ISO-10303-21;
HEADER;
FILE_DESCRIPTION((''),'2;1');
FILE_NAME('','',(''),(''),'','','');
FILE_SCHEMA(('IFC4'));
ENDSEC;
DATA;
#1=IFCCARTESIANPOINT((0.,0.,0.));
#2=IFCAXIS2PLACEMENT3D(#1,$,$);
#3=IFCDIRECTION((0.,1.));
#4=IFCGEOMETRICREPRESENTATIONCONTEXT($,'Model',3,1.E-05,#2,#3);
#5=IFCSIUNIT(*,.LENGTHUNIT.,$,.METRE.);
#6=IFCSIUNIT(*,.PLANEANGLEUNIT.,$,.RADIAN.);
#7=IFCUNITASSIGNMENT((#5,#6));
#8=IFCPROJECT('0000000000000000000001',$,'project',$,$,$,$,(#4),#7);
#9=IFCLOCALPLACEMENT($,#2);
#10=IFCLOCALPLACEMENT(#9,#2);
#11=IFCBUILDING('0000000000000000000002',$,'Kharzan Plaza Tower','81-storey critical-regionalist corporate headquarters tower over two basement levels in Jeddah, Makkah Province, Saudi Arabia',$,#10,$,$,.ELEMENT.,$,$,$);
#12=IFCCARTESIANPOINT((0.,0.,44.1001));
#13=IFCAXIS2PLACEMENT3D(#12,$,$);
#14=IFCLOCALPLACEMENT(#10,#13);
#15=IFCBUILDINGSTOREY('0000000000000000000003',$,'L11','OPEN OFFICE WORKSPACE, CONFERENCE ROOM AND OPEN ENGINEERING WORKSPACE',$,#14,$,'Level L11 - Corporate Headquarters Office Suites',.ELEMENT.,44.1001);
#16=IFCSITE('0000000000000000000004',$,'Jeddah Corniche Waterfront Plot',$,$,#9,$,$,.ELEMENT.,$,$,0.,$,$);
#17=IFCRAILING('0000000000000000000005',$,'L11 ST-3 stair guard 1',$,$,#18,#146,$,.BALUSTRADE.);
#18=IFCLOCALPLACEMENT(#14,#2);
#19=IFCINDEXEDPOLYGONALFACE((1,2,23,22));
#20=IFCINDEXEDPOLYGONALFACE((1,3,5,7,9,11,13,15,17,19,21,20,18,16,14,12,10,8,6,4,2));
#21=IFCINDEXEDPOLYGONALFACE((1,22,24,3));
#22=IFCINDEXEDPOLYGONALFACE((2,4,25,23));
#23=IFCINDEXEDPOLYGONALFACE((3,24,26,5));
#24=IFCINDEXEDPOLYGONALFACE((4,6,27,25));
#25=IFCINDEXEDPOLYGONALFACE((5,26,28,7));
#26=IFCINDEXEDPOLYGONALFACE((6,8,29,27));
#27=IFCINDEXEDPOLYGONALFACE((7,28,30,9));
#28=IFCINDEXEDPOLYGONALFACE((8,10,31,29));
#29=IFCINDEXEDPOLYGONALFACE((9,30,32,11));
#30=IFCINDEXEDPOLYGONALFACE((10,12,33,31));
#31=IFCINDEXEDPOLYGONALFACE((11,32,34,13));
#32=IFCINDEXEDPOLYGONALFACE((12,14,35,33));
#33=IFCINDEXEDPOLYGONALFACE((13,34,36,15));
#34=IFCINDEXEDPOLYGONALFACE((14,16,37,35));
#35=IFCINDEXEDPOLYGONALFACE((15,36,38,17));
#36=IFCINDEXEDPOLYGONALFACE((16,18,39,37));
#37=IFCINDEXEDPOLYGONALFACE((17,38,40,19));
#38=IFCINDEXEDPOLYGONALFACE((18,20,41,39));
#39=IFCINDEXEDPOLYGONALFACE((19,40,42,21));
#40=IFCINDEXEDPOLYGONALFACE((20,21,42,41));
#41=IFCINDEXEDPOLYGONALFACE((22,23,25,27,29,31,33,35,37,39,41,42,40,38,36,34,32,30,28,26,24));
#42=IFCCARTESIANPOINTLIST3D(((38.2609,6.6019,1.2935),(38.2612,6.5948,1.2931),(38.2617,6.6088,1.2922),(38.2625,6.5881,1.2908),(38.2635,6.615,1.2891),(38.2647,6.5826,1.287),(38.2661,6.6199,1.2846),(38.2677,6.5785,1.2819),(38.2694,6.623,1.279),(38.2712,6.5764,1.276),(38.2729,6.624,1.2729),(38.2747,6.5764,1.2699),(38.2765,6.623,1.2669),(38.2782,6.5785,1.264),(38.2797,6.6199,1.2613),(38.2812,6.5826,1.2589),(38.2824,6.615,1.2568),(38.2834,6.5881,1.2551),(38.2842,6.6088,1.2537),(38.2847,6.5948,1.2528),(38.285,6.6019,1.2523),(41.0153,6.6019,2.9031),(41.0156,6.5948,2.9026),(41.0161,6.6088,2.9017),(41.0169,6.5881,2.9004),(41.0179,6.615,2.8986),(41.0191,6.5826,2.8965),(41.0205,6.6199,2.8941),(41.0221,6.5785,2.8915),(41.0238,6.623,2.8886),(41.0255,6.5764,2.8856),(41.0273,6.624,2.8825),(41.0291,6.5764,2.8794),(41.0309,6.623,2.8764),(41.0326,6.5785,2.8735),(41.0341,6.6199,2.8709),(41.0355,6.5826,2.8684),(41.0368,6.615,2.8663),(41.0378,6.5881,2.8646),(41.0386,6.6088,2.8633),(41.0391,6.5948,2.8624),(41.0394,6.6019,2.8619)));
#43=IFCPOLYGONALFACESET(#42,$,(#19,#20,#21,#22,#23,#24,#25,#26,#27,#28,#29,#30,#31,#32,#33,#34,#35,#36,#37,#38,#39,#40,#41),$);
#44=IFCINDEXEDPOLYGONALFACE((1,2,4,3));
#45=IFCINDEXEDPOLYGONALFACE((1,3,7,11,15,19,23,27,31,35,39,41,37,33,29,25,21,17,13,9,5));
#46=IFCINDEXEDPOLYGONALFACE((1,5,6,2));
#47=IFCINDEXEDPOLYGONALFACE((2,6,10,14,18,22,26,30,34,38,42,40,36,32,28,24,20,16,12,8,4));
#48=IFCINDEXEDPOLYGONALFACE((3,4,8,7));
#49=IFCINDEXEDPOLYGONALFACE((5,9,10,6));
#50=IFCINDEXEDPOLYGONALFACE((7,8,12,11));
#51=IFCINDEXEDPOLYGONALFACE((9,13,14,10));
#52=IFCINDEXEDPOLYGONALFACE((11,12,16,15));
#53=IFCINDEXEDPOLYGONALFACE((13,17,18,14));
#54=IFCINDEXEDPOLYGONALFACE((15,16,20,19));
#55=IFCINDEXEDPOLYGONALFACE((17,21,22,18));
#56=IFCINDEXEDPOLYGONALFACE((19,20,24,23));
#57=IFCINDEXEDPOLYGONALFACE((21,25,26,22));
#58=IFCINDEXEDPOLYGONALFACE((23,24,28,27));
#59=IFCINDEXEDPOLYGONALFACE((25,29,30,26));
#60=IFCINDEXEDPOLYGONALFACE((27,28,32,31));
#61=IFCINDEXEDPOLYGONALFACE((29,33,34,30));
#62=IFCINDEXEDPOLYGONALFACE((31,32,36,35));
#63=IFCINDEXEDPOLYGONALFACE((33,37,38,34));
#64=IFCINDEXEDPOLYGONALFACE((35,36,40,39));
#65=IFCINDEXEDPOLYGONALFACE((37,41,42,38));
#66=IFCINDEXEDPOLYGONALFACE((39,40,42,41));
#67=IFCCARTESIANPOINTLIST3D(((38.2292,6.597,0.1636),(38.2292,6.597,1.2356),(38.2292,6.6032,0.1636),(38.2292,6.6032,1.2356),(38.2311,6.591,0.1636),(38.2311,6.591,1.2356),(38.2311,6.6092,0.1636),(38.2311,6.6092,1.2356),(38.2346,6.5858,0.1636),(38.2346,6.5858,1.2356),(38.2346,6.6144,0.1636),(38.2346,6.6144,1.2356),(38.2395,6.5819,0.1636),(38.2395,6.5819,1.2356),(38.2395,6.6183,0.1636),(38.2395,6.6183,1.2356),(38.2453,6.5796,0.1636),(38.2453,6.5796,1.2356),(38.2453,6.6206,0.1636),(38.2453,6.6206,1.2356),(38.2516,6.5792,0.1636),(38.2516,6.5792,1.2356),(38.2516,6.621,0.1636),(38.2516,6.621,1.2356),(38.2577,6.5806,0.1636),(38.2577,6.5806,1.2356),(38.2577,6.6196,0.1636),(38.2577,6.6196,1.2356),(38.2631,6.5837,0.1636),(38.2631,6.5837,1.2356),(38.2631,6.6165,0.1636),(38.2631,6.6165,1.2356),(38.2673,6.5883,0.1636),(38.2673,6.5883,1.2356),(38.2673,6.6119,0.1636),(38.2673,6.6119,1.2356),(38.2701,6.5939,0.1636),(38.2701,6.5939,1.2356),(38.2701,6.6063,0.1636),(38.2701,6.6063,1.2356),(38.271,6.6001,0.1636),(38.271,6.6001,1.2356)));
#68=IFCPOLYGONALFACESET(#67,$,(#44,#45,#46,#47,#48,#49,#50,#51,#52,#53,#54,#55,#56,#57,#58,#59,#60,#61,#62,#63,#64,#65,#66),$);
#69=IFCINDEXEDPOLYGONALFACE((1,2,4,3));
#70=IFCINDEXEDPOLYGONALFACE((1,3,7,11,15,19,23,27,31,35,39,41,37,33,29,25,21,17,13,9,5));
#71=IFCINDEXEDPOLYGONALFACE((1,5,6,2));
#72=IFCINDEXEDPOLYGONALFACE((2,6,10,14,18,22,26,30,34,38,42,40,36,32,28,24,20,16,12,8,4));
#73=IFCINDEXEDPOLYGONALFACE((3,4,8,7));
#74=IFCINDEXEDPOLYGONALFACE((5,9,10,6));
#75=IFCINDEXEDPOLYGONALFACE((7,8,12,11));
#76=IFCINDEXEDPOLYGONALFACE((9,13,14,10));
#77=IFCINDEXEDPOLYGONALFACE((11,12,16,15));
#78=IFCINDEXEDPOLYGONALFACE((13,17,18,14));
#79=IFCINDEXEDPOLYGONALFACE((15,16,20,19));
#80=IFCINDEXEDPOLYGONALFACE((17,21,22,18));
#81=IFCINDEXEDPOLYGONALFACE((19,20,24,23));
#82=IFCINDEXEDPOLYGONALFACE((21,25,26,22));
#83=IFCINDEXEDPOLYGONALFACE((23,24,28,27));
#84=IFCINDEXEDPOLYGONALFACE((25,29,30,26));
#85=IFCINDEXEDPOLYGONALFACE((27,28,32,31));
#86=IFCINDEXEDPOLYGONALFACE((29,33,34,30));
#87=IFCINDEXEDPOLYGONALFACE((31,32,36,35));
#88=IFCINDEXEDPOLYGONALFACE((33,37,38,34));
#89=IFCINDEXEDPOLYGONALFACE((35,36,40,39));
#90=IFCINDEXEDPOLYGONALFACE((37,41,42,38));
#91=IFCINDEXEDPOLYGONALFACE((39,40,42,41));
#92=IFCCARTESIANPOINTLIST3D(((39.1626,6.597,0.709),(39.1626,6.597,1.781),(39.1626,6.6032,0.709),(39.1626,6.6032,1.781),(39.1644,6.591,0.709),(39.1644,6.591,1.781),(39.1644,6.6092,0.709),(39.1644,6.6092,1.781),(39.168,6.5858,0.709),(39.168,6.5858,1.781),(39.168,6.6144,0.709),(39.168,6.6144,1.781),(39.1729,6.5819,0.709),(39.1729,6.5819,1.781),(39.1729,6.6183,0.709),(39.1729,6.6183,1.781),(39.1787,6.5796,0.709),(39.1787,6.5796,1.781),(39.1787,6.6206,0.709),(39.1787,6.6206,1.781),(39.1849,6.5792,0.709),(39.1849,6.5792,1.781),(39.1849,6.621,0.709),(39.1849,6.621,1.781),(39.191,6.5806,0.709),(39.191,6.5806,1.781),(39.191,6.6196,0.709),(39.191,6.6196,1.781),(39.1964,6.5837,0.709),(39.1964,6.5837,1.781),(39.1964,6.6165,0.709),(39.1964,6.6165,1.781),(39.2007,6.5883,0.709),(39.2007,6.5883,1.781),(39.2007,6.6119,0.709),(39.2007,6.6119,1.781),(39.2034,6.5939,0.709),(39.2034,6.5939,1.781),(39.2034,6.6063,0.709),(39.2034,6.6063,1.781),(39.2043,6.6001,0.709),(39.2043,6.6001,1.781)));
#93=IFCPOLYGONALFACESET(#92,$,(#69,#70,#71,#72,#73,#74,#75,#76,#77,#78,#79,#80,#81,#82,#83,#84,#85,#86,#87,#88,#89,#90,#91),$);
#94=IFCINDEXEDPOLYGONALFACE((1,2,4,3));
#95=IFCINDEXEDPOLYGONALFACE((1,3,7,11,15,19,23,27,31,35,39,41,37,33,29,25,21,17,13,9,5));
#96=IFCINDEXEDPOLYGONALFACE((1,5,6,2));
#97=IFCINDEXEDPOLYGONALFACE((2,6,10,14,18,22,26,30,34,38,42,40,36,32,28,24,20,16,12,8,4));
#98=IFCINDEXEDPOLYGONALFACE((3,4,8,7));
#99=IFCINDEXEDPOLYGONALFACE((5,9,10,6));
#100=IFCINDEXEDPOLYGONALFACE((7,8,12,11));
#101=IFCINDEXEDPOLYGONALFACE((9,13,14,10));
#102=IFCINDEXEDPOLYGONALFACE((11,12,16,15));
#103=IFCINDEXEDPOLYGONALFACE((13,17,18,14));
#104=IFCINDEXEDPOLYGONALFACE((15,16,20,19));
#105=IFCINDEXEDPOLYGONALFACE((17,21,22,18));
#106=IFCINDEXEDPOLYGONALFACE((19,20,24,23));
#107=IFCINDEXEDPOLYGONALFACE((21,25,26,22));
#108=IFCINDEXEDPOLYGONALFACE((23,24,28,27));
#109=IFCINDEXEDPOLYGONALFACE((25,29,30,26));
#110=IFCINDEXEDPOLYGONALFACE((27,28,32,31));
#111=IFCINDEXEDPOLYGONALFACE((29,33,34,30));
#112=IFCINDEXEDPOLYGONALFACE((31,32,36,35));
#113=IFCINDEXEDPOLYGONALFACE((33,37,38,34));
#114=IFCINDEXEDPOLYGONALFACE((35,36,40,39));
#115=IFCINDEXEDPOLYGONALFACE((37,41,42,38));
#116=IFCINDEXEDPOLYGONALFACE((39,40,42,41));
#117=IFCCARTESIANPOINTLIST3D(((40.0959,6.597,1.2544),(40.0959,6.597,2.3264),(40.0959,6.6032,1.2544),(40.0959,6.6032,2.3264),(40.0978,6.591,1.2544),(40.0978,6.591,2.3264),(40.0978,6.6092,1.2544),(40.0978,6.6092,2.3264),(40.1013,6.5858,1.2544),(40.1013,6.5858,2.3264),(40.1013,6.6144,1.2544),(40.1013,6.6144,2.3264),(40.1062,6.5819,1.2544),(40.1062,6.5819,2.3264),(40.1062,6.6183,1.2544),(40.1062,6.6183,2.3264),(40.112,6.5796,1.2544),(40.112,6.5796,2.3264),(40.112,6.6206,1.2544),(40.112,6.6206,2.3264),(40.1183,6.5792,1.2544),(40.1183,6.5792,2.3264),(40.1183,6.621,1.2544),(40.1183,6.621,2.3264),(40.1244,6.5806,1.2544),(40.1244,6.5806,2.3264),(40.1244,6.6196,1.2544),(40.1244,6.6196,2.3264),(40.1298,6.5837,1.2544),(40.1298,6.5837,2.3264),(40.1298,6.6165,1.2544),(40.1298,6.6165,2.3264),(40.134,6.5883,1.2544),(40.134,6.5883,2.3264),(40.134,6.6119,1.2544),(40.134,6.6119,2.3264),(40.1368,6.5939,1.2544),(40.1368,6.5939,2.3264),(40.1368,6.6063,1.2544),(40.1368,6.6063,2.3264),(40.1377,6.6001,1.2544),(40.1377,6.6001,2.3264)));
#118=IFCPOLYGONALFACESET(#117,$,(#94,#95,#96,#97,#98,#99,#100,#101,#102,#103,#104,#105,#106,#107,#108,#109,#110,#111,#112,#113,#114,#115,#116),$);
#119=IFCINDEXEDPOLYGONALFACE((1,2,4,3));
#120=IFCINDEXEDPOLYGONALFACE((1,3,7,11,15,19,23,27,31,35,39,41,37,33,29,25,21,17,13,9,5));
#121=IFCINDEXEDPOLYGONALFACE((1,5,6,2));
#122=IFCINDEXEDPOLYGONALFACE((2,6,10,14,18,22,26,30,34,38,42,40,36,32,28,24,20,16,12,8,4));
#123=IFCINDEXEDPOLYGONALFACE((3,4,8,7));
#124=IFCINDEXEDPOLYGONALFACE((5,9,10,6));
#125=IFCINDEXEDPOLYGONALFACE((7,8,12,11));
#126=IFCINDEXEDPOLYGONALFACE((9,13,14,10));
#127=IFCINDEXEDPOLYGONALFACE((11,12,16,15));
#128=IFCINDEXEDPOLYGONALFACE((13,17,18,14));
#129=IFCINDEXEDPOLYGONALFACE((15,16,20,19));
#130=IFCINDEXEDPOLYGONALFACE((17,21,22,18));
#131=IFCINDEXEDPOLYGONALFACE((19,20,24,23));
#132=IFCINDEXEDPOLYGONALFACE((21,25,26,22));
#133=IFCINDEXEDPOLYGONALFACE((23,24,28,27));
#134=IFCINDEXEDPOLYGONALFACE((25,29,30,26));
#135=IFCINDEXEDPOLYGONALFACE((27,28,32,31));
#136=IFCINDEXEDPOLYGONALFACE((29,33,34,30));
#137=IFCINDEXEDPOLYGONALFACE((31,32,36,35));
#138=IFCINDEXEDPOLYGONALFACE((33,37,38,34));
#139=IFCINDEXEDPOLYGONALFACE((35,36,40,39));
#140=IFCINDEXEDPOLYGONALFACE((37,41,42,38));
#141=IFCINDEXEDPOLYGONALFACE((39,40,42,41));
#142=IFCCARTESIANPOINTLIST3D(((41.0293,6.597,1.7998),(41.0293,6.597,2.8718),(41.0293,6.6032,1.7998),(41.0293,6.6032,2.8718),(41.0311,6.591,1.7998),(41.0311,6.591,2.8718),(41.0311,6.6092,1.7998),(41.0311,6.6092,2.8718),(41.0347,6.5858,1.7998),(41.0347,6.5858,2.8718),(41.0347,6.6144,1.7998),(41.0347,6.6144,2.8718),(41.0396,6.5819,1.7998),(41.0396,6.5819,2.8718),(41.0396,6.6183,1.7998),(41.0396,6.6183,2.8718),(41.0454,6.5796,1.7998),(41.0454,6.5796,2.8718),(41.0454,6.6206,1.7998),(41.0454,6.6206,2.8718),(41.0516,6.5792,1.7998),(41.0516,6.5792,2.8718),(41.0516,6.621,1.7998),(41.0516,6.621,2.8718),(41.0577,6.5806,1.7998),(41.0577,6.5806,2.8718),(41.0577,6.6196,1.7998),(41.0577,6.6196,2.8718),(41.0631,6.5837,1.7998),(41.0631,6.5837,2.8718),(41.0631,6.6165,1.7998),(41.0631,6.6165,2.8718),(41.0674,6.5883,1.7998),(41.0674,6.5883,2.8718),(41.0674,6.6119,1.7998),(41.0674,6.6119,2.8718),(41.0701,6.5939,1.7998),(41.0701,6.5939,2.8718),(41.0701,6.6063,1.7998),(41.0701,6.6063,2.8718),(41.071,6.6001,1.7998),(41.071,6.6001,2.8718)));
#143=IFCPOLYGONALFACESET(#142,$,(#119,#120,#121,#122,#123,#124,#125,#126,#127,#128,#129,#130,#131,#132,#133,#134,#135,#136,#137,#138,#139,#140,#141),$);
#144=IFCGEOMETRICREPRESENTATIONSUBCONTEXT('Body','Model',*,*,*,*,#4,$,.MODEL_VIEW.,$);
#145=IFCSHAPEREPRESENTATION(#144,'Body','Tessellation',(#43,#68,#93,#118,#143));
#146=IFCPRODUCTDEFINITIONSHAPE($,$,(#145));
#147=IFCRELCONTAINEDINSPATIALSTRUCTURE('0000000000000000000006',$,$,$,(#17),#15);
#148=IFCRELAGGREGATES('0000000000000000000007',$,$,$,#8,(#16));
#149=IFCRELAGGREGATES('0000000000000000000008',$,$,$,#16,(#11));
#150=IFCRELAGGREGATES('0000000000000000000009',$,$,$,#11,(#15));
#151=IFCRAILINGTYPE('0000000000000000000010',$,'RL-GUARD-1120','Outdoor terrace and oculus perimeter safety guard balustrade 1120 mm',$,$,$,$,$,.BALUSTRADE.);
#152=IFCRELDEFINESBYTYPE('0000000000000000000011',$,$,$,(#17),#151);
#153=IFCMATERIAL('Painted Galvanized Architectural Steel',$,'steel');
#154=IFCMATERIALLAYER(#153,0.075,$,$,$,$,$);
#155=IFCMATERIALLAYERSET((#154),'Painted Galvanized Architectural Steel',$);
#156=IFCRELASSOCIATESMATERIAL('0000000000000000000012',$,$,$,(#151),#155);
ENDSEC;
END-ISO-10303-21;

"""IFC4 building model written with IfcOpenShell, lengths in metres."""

from ifc_helpers import new_model, si_unit, direction, frame, origin, origin_2d, place, context, subcontext, project, spatial, circle, extrude, source, transform, mapped, material, layer, layer_set, type_object, element, save


model = new_model("IFC4")

# Units and contexts
model_context = context("Model", 3, precision=1e-05, world=origin(), true_north=direction((0.0, 1.0)))
body_context = subcontext(model_context, "Body", "Model", "MODEL_VIEW")
ifc_project = project(units=[si_unit("LENGTHUNIT", "METRE"), si_unit("PLANEANGLEUNIT", "RADIAN")], contexts=[model_context])

# Site, building, storey
site_placement = place(None, origin())
site = spatial("IfcSite", under=ifc_project, at=site_placement, Name="Jeddah Corniche Waterfront Plot", CompositionType="ELEMENT", RefElevation=0.0)
building_placement = place(site_placement, origin())
building = spatial("IfcBuilding", under=site, at=building_placement, Name="Kharzan Plaza Tower", Description="81-storey critical-regionalist corporate headquarters tower over two basement levels in Jeddah, Makkah Province, Saudi Arabia", CompositionType="ELEMENT")
storey_placement = place(building_placement, frame((0.0, 0.0, 44.1001)))
storey = spatial("IfcBuildingStorey", under=building, at=storey_placement, Name="L11", Description="OPEN OFFICE WORKSPACE, CONFERENCE ROOM AND OPEN ENGINEERING WORKSPACE", LongName="Level L11 - Corporate Headquarters Office Suites", CompositionType="ELEMENT", Elevation=44.1001)

# Railing
ifc_material_1 = material(Name="Painted Galvanized Architectural Steel", Category="steel")
ifc_layer_1 = layer(ifc_material_1, 0.075)
ifc_layer_set_1 = layer_set([ifc_layer_1], Name="Painted Galvanized Architectural Steel")
railing_type_1 = type_object("IfcRailingType", Name="RL-GUARD-1120", Description="Outdoor terrace and oculus perimeter safety guard balustrade 1120 mm", PredefinedType="BALUSTRADE", material=ifc_layer_set_1)
shared_shape_1 = source(origin(), body_context, "Body", "SweptSolid", [
    extrude(circle(Radius=0.0239, at=origin_2d()), frame((0.0229, 0.0, 1.1094), z_axis=(0.863394, 0.0, 0.504531), x_axis=(0.0, 1.0, 0.0)), (0.0, 0.0, 1.0), 3.1902),
    extrude(circle(Radius=0.021, at=origin_2d()), origin(), (0.0, 0.0, 1.0), 1.072),
    extrude(circle(Radius=0.021, at=origin_2d()), frame((0.9333, 0.0, 0.5454)), (0.0, 0.0, 1.0), 1.072),
    extrude(circle(Radius=0.021, at=origin_2d()), frame((1.8667, 0.0, 1.0908)), (0.0, 0.0, 1.0), 1.072),
    extrude(circle(Radius=0.021, at=origin_2d()), frame((2.8, 0.0, 1.6362)), (0.0, 0.0, 1.0), 1.072),
])
railing_1_placement = place(storey_placement, frame((38.25, 6.6001, 0.1636)))
element("IfcRailing", 1, at=railing_1_placement, inside=storey, type_object=railing_type_1, Name="L11 ST-3 stair guard 1", PredefinedType="BALUSTRADE", context=body_context, shape_type="MappedRepresentation", body=[
    mapped(shared_shape_1, transform((0.0, 0.0, 0.0), x_axis=(1.0, 0.0, 0.0), y_axis=(0.0, 1.0, 0.0), z_axis=(0.0, 0.0, 1.0))),
])

save(model, "model.ifc")
